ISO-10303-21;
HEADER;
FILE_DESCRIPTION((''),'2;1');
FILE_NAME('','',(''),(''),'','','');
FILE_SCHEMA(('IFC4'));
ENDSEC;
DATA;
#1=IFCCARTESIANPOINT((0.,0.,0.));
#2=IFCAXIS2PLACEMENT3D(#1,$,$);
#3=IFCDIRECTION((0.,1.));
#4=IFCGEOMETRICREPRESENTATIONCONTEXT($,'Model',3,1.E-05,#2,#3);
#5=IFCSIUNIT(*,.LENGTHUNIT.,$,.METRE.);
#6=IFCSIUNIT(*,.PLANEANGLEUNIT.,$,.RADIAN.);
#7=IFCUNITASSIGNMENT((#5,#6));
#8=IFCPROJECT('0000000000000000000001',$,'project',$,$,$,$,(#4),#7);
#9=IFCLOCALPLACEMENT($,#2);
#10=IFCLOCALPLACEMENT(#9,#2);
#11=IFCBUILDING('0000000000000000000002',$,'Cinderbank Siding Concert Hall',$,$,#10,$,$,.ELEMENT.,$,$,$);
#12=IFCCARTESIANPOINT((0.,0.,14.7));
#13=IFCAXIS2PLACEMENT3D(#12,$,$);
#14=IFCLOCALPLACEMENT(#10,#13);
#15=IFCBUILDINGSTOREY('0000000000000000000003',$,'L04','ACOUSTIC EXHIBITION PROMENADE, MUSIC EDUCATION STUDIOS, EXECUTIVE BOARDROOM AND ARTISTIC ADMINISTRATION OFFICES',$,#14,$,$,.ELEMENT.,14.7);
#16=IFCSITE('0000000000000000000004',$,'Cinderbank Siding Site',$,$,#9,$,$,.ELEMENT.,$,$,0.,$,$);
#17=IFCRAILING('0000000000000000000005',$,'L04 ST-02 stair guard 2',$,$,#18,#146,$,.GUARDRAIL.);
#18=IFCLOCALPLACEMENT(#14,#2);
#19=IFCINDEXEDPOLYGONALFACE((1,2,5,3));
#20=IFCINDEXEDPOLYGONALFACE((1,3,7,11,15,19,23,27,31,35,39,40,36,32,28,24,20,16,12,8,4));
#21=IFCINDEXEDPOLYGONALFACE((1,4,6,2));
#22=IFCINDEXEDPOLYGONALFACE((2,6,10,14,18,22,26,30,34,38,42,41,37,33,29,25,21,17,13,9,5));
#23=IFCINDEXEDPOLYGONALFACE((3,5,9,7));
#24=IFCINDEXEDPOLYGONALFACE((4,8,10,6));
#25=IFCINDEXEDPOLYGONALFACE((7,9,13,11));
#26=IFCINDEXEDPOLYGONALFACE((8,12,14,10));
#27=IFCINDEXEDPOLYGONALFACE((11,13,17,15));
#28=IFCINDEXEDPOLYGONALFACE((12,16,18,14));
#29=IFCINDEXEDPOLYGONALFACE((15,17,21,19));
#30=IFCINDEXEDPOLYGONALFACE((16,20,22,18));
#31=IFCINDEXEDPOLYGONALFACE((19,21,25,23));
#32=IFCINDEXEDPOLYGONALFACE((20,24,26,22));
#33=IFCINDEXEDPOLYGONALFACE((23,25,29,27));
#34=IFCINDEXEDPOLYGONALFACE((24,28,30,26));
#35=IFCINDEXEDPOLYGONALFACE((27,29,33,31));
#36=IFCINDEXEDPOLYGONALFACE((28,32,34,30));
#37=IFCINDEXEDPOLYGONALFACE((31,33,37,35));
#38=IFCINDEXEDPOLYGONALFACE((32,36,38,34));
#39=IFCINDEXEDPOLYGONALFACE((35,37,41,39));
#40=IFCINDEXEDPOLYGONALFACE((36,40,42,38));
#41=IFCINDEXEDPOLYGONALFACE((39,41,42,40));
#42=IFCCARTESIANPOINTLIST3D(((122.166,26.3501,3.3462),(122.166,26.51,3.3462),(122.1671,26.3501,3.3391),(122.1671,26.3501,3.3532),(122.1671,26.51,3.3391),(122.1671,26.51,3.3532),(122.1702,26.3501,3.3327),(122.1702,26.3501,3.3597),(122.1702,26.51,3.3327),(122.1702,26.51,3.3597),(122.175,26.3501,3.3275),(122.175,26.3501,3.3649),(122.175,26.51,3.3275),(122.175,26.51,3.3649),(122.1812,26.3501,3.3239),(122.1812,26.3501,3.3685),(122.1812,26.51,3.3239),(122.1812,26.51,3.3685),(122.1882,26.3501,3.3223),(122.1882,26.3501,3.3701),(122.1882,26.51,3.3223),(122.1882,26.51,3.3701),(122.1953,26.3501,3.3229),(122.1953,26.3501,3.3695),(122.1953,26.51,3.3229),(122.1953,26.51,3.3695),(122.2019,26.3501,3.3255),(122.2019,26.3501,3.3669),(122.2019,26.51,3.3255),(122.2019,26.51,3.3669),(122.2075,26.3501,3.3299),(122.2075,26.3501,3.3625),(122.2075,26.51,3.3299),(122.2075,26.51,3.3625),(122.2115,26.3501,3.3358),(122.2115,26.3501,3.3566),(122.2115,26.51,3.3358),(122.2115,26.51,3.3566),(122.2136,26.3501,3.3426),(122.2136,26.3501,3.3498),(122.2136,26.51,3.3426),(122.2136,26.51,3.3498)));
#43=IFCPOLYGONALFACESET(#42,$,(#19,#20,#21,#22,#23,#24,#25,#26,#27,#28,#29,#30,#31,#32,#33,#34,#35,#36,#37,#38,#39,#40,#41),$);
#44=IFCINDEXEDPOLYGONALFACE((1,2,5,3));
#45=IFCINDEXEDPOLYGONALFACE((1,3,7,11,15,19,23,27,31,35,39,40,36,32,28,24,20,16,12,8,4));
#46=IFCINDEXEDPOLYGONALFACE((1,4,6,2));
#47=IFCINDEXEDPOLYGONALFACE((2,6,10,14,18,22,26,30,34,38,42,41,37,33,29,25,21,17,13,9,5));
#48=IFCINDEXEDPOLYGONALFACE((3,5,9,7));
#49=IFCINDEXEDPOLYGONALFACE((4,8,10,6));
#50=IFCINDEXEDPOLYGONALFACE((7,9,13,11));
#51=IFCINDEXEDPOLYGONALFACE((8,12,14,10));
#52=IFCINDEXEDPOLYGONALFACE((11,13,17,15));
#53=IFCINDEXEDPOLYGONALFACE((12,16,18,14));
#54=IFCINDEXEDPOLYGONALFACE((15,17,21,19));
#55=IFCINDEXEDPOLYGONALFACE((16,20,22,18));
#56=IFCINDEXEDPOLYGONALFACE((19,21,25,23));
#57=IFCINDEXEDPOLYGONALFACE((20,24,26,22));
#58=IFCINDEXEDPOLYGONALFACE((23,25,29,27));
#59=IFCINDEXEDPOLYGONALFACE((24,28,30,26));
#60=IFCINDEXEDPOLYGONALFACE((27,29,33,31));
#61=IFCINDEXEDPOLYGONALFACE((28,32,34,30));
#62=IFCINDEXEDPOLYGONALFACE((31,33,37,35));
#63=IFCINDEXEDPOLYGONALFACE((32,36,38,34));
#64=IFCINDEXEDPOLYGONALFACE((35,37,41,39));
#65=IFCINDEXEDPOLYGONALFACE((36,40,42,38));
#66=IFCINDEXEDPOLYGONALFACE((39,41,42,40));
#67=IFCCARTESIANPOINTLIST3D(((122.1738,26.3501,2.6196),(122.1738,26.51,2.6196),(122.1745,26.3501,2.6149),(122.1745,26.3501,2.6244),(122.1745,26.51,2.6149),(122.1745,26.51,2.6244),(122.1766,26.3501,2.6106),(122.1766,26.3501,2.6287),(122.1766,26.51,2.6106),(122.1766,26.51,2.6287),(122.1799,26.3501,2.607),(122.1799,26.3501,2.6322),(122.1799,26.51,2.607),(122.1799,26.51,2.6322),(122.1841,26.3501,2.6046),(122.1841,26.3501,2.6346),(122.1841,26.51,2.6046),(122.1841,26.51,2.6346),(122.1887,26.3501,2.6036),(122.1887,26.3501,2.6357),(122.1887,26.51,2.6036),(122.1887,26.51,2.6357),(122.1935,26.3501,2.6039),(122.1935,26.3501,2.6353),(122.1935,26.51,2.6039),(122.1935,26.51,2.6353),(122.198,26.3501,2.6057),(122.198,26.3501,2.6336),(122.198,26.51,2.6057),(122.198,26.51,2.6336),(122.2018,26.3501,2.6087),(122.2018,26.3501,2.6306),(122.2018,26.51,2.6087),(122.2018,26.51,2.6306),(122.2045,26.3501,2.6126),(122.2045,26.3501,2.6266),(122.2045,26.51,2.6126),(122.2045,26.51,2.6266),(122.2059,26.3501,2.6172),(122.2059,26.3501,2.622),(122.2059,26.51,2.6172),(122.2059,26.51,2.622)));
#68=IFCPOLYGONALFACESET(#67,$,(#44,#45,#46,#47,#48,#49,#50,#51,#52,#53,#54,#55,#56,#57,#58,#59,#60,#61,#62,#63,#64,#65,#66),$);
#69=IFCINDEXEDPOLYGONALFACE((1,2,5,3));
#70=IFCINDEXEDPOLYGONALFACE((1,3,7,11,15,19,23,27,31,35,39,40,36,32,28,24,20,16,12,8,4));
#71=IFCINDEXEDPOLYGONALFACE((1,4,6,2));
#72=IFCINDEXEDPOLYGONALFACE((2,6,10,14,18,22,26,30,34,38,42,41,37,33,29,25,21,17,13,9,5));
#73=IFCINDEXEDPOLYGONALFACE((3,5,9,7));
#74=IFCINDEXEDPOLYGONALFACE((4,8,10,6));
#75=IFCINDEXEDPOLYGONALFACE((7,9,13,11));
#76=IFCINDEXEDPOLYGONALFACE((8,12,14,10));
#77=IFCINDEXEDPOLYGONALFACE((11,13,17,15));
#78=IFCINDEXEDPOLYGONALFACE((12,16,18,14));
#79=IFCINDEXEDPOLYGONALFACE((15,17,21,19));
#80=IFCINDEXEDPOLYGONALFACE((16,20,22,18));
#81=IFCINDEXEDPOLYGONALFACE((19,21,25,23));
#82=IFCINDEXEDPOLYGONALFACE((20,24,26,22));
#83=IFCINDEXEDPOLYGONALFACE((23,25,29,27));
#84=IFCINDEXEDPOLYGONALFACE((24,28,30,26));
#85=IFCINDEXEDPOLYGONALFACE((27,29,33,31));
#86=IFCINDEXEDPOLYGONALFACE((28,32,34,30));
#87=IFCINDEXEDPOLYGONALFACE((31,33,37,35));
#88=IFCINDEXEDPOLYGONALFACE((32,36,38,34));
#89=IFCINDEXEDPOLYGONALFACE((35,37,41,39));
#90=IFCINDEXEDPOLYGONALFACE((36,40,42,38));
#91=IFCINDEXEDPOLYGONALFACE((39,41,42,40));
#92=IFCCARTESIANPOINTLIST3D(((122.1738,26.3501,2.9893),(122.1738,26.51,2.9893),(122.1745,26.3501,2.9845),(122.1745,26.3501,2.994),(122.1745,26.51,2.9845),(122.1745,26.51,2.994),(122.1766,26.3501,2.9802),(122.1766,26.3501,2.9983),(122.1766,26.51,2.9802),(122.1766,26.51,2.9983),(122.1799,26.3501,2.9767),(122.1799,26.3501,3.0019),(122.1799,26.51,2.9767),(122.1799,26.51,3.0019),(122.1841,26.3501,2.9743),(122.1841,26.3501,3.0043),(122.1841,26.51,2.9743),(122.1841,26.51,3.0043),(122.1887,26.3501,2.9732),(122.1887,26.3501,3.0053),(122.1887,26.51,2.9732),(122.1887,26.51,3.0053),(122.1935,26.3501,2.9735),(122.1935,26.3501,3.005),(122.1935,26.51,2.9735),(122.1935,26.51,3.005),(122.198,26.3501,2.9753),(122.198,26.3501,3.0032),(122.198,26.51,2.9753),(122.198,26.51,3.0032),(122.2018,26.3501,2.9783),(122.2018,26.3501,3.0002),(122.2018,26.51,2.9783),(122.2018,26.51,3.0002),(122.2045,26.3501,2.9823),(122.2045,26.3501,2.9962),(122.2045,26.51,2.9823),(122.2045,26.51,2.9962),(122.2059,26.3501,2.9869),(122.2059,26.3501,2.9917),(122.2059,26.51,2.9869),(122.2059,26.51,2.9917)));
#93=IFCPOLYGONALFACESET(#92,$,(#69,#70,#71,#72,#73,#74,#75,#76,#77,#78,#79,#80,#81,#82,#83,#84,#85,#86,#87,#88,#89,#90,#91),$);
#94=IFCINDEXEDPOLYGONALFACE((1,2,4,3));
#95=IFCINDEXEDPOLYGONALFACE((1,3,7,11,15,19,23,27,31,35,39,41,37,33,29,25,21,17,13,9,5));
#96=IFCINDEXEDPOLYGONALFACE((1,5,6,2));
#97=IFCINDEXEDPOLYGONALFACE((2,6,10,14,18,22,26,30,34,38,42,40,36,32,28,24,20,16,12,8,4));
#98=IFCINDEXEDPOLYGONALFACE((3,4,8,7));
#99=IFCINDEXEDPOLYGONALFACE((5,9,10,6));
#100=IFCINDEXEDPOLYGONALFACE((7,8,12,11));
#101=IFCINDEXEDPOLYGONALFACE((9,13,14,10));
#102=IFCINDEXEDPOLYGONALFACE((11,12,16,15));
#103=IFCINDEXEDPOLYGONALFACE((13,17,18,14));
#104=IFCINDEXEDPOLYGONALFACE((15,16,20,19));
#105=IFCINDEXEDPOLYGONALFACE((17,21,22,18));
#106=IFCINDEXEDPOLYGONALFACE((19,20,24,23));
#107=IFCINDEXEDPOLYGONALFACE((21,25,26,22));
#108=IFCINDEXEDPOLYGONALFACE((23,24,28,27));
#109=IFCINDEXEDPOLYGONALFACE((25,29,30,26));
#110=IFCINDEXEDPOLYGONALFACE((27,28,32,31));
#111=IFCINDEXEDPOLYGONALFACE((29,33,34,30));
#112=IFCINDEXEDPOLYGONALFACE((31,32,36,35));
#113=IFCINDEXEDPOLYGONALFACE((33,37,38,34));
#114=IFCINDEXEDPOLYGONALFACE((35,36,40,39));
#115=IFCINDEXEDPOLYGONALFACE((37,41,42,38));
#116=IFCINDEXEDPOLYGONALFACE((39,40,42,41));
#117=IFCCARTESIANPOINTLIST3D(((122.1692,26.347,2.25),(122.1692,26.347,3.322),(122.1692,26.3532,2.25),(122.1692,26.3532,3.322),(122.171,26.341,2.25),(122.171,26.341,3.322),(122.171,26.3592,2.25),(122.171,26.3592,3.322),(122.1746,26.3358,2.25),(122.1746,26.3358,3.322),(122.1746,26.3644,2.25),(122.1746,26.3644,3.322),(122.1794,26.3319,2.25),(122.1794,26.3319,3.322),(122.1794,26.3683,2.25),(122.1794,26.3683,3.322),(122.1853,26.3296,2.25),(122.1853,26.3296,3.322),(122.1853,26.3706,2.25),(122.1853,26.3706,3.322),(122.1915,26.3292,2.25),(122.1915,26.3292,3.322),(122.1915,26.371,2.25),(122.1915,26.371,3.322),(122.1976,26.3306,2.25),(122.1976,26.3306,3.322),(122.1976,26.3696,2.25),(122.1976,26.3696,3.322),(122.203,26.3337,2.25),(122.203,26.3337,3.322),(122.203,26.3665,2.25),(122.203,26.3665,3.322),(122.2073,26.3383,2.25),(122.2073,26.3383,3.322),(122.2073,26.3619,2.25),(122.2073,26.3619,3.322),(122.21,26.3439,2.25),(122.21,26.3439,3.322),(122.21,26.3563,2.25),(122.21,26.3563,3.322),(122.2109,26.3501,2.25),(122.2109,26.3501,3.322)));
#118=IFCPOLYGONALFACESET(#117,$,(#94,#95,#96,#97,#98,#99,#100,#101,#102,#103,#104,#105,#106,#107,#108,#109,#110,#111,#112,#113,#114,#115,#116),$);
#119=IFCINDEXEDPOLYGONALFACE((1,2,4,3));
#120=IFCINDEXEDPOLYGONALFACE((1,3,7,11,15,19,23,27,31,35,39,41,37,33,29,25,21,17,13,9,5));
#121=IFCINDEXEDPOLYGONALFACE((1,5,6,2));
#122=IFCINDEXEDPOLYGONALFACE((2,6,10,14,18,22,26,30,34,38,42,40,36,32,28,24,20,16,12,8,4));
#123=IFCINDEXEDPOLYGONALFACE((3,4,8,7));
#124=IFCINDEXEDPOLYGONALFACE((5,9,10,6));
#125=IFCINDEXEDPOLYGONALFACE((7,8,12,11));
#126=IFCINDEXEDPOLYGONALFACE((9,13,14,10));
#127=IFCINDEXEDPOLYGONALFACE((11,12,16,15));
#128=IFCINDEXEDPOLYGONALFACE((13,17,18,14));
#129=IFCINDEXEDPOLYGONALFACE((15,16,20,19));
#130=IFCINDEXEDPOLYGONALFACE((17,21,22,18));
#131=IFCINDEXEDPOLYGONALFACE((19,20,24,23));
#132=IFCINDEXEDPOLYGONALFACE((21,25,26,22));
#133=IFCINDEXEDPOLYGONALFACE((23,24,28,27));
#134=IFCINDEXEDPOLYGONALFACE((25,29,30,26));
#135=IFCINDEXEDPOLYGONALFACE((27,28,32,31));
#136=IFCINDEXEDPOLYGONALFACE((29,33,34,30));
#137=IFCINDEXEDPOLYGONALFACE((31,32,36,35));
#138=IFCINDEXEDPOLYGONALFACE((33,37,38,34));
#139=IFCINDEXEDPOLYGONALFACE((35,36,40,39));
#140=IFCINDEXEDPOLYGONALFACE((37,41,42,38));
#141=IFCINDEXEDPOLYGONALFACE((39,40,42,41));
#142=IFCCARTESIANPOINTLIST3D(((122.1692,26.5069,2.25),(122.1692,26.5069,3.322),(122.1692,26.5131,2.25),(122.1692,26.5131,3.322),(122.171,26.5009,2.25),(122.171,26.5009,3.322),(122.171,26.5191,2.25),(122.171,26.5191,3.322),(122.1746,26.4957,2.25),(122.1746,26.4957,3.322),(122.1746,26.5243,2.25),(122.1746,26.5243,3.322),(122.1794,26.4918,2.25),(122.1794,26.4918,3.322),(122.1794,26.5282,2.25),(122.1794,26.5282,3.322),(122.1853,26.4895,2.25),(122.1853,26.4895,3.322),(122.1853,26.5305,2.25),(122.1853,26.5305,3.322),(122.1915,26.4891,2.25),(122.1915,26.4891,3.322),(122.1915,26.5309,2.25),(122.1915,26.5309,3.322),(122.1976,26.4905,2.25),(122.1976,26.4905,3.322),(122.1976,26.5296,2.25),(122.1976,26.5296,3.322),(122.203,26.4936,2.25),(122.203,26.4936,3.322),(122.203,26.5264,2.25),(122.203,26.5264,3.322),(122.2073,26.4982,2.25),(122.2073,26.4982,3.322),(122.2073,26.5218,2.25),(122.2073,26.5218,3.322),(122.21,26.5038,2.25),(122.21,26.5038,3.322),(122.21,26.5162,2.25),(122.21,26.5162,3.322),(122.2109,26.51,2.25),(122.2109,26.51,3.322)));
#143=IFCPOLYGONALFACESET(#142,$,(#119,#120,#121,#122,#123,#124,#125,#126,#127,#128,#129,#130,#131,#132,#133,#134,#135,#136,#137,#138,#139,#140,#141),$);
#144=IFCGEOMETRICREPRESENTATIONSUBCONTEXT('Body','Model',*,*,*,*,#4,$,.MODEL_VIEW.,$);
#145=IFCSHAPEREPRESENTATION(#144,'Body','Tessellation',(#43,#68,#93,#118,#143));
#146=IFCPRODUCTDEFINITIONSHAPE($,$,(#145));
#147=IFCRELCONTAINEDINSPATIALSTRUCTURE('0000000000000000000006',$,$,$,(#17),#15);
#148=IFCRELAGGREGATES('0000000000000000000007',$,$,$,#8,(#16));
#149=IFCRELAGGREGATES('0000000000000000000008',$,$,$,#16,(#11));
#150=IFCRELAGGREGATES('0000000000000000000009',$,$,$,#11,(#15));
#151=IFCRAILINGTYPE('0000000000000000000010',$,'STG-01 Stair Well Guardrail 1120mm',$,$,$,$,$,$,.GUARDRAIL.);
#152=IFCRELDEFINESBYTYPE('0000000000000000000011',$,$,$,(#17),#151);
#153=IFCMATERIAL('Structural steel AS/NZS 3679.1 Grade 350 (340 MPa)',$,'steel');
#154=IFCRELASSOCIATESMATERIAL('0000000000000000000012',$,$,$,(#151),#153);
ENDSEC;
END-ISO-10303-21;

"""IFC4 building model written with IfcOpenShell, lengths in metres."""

from ifc_helpers import new_model, si_unit, direction, frame, origin, origin_2d, place, context, subcontext, project, spatial, circle, extrude, material, type_object, element, save


model = new_model("IFC4")

# Units and contexts
model_context = context("Model", 3, precision=1e-05, world=origin(), true_north=direction((0.0, 1.0)))
body_context = subcontext(model_context, "Body", "Model", "MODEL_VIEW")
ifc_project = project(units=[si_unit("LENGTHUNIT", "METRE"), si_unit("PLANEANGLEUNIT", "RADIAN")], contexts=[model_context])

# Site, building, storey
site_placement = place(None, origin())
site = spatial("IfcSite", under=ifc_project, at=site_placement, Name="Cinderbank Siding Site", CompositionType="ELEMENT", RefElevation=0.0)
building_placement = place(site_placement, origin())
building = spatial("IfcBuilding", under=site, at=building_placement, Name="Cinderbank Siding Concert Hall", CompositionType="ELEMENT")
storey_placement = place(building_placement, frame((0.0, 0.0, 14.7)))
storey = spatial("IfcBuildingStorey", under=building, at=storey_placement, Name="L04", Description="ACOUSTIC EXHIBITION PROMENADE, MUSIC EDUCATION STUDIOS, EXECUTIVE BOARDROOM AND ARTISTIC ADMINISTRATION OFFICES", CompositionType="ELEMENT", Elevation=14.7)

# Shared definitions
ifc_material_1 = material(Name="Structural steel AS/NZS 3679.1 Grade 350 (340 MPa)", Category="steel")

# Railing
railing_type_1 = type_object("IfcRailingType", Name="STG-01 Stair Well Guardrail 1120mm", PredefinedType="GUARDRAIL", material=ifc_material_1)
railing_1_placement = place(storey_placement, frame((122.1899, 26.3501, 2.25)))
element("IfcRailing", 1, at=railing_1_placement, inside=storey, type_object=railing_type_1, Name="L04 ST-02 stair guard 2", PredefinedType="GUARDRAIL", context=body_context, shape_type="SweptSolid", body=[
    extrude(circle(Radius=0.0239, at=origin_2d()), frame((0.0, 0.0, 1.0962), z_axis=(0.0, 1.0, 0.0), x_axis=(-1.0, 0.0, 0.0)), (0.0, 0.0, 1.0), 0.1599),
    extrude(circle(Radius=0.0161, at=origin_2d()), frame((0.0, 0.0, 0.3696), z_axis=(0.0, 1.0, 0.0), x_axis=(-1.0, 0.0, 0.0)), (0.0, 0.0, 1.0), 0.1599),
    extrude(circle(Radius=0.0161, at=origin_2d()), frame((0.0, 0.0, 0.7393), z_axis=(0.0, 1.0, 0.0), x_axis=(-1.0, 0.0, 0.0)), (0.0, 0.0, 1.0), 0.1599),
    extrude(circle(Radius=0.021, at=origin_2d()), origin(), (0.0, 0.0, 1.0), 1.072),
    extrude(circle(Radius=0.021, at=origin_2d()), frame((0.0, 0.1599, 0.0)), (0.0, 0.0, 1.0), 1.072),
])

save(model, "model.ifc")
